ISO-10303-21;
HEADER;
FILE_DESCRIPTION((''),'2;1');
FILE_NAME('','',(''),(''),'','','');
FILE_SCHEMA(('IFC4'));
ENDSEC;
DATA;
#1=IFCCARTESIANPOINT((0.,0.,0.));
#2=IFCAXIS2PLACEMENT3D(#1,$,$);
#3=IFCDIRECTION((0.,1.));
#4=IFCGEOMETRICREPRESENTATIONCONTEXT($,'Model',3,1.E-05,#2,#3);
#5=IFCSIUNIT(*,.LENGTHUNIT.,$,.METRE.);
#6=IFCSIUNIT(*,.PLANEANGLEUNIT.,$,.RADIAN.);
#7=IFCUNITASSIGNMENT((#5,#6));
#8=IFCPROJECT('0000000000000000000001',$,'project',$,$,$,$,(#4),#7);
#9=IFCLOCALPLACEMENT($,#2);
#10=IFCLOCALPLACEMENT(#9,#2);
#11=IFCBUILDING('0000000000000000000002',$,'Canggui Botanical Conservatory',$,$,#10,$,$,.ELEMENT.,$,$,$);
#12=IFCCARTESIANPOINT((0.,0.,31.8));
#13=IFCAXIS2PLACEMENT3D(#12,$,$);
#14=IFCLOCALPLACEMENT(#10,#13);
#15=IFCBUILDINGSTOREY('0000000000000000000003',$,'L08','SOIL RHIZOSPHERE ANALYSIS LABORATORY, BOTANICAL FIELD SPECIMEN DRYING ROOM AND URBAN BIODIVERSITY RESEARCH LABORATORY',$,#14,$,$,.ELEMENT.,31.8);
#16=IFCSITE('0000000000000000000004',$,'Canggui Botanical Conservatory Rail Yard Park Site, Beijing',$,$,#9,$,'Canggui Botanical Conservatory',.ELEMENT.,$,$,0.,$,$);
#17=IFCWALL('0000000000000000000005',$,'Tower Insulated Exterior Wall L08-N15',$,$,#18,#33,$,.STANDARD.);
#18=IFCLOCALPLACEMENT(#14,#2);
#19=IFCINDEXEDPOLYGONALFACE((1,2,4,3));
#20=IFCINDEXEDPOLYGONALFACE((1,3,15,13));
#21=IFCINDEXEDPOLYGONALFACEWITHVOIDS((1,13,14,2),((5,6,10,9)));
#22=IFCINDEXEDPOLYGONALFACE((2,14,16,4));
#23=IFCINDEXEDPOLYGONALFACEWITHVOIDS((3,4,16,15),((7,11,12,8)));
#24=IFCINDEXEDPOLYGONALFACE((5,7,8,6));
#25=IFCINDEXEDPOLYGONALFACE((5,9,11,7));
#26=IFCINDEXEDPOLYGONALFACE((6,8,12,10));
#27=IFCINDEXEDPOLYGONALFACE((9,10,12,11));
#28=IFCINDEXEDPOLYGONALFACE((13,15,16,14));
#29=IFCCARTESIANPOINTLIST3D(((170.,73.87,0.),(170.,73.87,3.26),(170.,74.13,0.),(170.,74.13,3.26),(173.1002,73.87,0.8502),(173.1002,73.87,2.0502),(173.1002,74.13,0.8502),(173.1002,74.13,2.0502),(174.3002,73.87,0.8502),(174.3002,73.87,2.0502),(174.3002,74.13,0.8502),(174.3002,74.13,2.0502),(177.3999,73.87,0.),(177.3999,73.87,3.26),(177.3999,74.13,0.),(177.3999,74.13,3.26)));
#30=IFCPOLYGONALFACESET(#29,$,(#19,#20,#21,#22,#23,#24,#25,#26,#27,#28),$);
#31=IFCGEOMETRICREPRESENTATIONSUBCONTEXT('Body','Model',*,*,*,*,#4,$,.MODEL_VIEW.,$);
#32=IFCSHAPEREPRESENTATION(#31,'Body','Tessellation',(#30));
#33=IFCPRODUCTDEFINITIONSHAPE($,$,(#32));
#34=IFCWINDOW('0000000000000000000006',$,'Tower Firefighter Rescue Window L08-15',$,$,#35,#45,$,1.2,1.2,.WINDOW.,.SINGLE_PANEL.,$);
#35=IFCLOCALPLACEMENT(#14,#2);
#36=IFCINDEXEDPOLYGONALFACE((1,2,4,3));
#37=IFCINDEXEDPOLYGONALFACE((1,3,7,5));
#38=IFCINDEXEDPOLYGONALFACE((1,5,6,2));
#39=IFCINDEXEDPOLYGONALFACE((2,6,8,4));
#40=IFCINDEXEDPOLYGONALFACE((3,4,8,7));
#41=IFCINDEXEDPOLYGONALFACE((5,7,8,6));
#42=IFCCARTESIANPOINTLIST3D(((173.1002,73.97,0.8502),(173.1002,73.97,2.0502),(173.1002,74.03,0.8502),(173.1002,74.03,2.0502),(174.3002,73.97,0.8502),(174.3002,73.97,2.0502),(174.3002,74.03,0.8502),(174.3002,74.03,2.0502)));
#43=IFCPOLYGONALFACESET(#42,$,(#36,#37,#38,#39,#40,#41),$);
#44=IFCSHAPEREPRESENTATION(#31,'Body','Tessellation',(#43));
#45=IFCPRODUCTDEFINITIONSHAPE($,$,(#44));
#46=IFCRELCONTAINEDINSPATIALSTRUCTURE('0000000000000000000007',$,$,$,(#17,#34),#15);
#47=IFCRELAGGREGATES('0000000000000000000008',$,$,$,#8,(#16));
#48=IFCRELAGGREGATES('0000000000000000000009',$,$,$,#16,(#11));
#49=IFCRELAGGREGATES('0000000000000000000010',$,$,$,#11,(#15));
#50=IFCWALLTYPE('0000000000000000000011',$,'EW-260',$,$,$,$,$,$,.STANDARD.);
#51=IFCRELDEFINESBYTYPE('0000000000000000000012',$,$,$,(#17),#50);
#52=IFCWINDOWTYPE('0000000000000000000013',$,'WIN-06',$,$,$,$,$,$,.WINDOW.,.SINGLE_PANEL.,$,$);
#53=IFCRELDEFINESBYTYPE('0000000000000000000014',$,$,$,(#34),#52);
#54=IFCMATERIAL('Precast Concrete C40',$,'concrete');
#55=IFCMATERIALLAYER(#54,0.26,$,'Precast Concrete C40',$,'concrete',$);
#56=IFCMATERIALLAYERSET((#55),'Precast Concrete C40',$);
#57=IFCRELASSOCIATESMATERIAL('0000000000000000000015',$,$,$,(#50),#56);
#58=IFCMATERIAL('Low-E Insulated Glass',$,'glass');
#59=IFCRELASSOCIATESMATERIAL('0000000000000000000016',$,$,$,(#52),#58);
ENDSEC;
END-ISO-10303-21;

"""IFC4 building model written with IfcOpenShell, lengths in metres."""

from ifc_helpers import new_model, si_unit, direction, frame, frame_2d, origin, place, context, subcontext, project, spatial, rectangle, extrude, material, layer, layer_set, type_object, element, fill, save


model = new_model("IFC4")

# Units and contexts
model_context = context("Model", 3, precision=1e-05, world=origin(), true_north=direction((0.0, 1.0)))
body_context = subcontext(model_context, "Body", "Model", "MODEL_VIEW")
ifc_project = project(units=[si_unit("LENGTHUNIT", "METRE"), si_unit("PLANEANGLEUNIT", "RADIAN")], contexts=[model_context])

# Site, building, storey
site_placement = place(None, origin())
site = spatial("IfcSite", under=ifc_project, at=site_placement, Name="Canggui Botanical Conservatory Rail Yard Park Site, Beijing", LongName="Canggui Botanical Conservatory", CompositionType="ELEMENT", RefElevation=0.0)
building_placement = place(site_placement, origin())
building = spatial("IfcBuilding", under=site, at=building_placement, Name="Canggui Botanical Conservatory", CompositionType="ELEMENT")
storey_placement = place(building_placement, frame((0.0, 0.0, 31.8)))
storey = spatial("IfcBuildingStorey", under=building, at=storey_placement, Name="L08", Description="SOIL RHIZOSPHERE ANALYSIS LABORATORY, BOTANICAL FIELD SPECIMEN DRYING ROOM AND URBAN BIODIVERSITY RESEARCH LABORATORY", CompositionType="ELEMENT", Elevation=31.8)

# Shared definitions
ifc_material_1 = material(Name="Low-E Insulated Glass", Category="glass")

# Wall, opening, window
ifc_material_2 = material(Name="Precast Concrete C40", Category="concrete")
ifc_layer_1 = layer(ifc_material_2, 0.26, Name="Precast Concrete C40", Category="concrete")
ifc_layer_set_1 = layer_set([ifc_layer_1], Name="Precast Concrete C40")
wall_type = type_object("IfcWallType", Name="EW-260", PredefinedType="STANDARD", material=ifc_layer_set_1)
wall_placement = place(storey_placement, frame((170.0, 74.0, 0.0), z_axis=(0.0, 0.0, 1.0), x_axis=(1.0, 0.0, 0.0)))
wall = element("IfcWall", 1, at=wall_placement, inside=storey, type_object=wall_type, Name="Tower Insulated Exterior Wall L08-N15", PredefinedType="STANDARD", context=body_context, shape_type="SweptSolid", body=[
    extrude(rectangle(XDim=7.3999, YDim=0.26, at=frame_2d((3.7, 0.0))), origin(), (0.0, 0.0, 1.0), 3.26),
])
opening_placement = place(wall_placement, frame((3.1001, 0.0, 0.8501)))
opening = element("IfcOpeningElement", 2, at=opening_placement, cuts=wall, PredefinedType="OPENING", context=body_context, shape_type="SweptSolid", body=[
    extrude(rectangle(XDim=1.2, YDim=1.2, at=frame_2d((0.6001, 0.6001))), frame((0.0, 0.1401, 0.0), z_axis=(0.0, -1.0, 0.0), x_axis=(1.0, 0.0, 0.0)), (0.0, 0.0, 1.0), 0.28),
])
window_type = type_object("IfcWindowType", Name="WIN-06", PartitioningType="SINGLE_PANEL", PredefinedType="WINDOW", material=ifc_material_1)
window_placement = place(opening_placement, origin())
window = element("IfcWindow", 3, at=window_placement, inside=storey, type_object=window_type, Name="Tower Firefighter Rescue Window L08-15", OverallHeight=1.2, OverallWidth=1.2, PartitioningType="SINGLE_PANEL", PredefinedType="WINDOW", context=body_context, shape_type="SweptSolid", body=[
    extrude(rectangle(XDim=1.2, YDim=1.2, at=frame_2d((0.6001, 0.6001))), frame((0.0, 0.03, 0.0), z_axis=(0.0, -1.0, 0.0), x_axis=(1.0, 0.0, 0.0)), (0.0, 0.0, 1.0), 0.0601),
])
fill(opening, window)

save(model, "model.ifc")
